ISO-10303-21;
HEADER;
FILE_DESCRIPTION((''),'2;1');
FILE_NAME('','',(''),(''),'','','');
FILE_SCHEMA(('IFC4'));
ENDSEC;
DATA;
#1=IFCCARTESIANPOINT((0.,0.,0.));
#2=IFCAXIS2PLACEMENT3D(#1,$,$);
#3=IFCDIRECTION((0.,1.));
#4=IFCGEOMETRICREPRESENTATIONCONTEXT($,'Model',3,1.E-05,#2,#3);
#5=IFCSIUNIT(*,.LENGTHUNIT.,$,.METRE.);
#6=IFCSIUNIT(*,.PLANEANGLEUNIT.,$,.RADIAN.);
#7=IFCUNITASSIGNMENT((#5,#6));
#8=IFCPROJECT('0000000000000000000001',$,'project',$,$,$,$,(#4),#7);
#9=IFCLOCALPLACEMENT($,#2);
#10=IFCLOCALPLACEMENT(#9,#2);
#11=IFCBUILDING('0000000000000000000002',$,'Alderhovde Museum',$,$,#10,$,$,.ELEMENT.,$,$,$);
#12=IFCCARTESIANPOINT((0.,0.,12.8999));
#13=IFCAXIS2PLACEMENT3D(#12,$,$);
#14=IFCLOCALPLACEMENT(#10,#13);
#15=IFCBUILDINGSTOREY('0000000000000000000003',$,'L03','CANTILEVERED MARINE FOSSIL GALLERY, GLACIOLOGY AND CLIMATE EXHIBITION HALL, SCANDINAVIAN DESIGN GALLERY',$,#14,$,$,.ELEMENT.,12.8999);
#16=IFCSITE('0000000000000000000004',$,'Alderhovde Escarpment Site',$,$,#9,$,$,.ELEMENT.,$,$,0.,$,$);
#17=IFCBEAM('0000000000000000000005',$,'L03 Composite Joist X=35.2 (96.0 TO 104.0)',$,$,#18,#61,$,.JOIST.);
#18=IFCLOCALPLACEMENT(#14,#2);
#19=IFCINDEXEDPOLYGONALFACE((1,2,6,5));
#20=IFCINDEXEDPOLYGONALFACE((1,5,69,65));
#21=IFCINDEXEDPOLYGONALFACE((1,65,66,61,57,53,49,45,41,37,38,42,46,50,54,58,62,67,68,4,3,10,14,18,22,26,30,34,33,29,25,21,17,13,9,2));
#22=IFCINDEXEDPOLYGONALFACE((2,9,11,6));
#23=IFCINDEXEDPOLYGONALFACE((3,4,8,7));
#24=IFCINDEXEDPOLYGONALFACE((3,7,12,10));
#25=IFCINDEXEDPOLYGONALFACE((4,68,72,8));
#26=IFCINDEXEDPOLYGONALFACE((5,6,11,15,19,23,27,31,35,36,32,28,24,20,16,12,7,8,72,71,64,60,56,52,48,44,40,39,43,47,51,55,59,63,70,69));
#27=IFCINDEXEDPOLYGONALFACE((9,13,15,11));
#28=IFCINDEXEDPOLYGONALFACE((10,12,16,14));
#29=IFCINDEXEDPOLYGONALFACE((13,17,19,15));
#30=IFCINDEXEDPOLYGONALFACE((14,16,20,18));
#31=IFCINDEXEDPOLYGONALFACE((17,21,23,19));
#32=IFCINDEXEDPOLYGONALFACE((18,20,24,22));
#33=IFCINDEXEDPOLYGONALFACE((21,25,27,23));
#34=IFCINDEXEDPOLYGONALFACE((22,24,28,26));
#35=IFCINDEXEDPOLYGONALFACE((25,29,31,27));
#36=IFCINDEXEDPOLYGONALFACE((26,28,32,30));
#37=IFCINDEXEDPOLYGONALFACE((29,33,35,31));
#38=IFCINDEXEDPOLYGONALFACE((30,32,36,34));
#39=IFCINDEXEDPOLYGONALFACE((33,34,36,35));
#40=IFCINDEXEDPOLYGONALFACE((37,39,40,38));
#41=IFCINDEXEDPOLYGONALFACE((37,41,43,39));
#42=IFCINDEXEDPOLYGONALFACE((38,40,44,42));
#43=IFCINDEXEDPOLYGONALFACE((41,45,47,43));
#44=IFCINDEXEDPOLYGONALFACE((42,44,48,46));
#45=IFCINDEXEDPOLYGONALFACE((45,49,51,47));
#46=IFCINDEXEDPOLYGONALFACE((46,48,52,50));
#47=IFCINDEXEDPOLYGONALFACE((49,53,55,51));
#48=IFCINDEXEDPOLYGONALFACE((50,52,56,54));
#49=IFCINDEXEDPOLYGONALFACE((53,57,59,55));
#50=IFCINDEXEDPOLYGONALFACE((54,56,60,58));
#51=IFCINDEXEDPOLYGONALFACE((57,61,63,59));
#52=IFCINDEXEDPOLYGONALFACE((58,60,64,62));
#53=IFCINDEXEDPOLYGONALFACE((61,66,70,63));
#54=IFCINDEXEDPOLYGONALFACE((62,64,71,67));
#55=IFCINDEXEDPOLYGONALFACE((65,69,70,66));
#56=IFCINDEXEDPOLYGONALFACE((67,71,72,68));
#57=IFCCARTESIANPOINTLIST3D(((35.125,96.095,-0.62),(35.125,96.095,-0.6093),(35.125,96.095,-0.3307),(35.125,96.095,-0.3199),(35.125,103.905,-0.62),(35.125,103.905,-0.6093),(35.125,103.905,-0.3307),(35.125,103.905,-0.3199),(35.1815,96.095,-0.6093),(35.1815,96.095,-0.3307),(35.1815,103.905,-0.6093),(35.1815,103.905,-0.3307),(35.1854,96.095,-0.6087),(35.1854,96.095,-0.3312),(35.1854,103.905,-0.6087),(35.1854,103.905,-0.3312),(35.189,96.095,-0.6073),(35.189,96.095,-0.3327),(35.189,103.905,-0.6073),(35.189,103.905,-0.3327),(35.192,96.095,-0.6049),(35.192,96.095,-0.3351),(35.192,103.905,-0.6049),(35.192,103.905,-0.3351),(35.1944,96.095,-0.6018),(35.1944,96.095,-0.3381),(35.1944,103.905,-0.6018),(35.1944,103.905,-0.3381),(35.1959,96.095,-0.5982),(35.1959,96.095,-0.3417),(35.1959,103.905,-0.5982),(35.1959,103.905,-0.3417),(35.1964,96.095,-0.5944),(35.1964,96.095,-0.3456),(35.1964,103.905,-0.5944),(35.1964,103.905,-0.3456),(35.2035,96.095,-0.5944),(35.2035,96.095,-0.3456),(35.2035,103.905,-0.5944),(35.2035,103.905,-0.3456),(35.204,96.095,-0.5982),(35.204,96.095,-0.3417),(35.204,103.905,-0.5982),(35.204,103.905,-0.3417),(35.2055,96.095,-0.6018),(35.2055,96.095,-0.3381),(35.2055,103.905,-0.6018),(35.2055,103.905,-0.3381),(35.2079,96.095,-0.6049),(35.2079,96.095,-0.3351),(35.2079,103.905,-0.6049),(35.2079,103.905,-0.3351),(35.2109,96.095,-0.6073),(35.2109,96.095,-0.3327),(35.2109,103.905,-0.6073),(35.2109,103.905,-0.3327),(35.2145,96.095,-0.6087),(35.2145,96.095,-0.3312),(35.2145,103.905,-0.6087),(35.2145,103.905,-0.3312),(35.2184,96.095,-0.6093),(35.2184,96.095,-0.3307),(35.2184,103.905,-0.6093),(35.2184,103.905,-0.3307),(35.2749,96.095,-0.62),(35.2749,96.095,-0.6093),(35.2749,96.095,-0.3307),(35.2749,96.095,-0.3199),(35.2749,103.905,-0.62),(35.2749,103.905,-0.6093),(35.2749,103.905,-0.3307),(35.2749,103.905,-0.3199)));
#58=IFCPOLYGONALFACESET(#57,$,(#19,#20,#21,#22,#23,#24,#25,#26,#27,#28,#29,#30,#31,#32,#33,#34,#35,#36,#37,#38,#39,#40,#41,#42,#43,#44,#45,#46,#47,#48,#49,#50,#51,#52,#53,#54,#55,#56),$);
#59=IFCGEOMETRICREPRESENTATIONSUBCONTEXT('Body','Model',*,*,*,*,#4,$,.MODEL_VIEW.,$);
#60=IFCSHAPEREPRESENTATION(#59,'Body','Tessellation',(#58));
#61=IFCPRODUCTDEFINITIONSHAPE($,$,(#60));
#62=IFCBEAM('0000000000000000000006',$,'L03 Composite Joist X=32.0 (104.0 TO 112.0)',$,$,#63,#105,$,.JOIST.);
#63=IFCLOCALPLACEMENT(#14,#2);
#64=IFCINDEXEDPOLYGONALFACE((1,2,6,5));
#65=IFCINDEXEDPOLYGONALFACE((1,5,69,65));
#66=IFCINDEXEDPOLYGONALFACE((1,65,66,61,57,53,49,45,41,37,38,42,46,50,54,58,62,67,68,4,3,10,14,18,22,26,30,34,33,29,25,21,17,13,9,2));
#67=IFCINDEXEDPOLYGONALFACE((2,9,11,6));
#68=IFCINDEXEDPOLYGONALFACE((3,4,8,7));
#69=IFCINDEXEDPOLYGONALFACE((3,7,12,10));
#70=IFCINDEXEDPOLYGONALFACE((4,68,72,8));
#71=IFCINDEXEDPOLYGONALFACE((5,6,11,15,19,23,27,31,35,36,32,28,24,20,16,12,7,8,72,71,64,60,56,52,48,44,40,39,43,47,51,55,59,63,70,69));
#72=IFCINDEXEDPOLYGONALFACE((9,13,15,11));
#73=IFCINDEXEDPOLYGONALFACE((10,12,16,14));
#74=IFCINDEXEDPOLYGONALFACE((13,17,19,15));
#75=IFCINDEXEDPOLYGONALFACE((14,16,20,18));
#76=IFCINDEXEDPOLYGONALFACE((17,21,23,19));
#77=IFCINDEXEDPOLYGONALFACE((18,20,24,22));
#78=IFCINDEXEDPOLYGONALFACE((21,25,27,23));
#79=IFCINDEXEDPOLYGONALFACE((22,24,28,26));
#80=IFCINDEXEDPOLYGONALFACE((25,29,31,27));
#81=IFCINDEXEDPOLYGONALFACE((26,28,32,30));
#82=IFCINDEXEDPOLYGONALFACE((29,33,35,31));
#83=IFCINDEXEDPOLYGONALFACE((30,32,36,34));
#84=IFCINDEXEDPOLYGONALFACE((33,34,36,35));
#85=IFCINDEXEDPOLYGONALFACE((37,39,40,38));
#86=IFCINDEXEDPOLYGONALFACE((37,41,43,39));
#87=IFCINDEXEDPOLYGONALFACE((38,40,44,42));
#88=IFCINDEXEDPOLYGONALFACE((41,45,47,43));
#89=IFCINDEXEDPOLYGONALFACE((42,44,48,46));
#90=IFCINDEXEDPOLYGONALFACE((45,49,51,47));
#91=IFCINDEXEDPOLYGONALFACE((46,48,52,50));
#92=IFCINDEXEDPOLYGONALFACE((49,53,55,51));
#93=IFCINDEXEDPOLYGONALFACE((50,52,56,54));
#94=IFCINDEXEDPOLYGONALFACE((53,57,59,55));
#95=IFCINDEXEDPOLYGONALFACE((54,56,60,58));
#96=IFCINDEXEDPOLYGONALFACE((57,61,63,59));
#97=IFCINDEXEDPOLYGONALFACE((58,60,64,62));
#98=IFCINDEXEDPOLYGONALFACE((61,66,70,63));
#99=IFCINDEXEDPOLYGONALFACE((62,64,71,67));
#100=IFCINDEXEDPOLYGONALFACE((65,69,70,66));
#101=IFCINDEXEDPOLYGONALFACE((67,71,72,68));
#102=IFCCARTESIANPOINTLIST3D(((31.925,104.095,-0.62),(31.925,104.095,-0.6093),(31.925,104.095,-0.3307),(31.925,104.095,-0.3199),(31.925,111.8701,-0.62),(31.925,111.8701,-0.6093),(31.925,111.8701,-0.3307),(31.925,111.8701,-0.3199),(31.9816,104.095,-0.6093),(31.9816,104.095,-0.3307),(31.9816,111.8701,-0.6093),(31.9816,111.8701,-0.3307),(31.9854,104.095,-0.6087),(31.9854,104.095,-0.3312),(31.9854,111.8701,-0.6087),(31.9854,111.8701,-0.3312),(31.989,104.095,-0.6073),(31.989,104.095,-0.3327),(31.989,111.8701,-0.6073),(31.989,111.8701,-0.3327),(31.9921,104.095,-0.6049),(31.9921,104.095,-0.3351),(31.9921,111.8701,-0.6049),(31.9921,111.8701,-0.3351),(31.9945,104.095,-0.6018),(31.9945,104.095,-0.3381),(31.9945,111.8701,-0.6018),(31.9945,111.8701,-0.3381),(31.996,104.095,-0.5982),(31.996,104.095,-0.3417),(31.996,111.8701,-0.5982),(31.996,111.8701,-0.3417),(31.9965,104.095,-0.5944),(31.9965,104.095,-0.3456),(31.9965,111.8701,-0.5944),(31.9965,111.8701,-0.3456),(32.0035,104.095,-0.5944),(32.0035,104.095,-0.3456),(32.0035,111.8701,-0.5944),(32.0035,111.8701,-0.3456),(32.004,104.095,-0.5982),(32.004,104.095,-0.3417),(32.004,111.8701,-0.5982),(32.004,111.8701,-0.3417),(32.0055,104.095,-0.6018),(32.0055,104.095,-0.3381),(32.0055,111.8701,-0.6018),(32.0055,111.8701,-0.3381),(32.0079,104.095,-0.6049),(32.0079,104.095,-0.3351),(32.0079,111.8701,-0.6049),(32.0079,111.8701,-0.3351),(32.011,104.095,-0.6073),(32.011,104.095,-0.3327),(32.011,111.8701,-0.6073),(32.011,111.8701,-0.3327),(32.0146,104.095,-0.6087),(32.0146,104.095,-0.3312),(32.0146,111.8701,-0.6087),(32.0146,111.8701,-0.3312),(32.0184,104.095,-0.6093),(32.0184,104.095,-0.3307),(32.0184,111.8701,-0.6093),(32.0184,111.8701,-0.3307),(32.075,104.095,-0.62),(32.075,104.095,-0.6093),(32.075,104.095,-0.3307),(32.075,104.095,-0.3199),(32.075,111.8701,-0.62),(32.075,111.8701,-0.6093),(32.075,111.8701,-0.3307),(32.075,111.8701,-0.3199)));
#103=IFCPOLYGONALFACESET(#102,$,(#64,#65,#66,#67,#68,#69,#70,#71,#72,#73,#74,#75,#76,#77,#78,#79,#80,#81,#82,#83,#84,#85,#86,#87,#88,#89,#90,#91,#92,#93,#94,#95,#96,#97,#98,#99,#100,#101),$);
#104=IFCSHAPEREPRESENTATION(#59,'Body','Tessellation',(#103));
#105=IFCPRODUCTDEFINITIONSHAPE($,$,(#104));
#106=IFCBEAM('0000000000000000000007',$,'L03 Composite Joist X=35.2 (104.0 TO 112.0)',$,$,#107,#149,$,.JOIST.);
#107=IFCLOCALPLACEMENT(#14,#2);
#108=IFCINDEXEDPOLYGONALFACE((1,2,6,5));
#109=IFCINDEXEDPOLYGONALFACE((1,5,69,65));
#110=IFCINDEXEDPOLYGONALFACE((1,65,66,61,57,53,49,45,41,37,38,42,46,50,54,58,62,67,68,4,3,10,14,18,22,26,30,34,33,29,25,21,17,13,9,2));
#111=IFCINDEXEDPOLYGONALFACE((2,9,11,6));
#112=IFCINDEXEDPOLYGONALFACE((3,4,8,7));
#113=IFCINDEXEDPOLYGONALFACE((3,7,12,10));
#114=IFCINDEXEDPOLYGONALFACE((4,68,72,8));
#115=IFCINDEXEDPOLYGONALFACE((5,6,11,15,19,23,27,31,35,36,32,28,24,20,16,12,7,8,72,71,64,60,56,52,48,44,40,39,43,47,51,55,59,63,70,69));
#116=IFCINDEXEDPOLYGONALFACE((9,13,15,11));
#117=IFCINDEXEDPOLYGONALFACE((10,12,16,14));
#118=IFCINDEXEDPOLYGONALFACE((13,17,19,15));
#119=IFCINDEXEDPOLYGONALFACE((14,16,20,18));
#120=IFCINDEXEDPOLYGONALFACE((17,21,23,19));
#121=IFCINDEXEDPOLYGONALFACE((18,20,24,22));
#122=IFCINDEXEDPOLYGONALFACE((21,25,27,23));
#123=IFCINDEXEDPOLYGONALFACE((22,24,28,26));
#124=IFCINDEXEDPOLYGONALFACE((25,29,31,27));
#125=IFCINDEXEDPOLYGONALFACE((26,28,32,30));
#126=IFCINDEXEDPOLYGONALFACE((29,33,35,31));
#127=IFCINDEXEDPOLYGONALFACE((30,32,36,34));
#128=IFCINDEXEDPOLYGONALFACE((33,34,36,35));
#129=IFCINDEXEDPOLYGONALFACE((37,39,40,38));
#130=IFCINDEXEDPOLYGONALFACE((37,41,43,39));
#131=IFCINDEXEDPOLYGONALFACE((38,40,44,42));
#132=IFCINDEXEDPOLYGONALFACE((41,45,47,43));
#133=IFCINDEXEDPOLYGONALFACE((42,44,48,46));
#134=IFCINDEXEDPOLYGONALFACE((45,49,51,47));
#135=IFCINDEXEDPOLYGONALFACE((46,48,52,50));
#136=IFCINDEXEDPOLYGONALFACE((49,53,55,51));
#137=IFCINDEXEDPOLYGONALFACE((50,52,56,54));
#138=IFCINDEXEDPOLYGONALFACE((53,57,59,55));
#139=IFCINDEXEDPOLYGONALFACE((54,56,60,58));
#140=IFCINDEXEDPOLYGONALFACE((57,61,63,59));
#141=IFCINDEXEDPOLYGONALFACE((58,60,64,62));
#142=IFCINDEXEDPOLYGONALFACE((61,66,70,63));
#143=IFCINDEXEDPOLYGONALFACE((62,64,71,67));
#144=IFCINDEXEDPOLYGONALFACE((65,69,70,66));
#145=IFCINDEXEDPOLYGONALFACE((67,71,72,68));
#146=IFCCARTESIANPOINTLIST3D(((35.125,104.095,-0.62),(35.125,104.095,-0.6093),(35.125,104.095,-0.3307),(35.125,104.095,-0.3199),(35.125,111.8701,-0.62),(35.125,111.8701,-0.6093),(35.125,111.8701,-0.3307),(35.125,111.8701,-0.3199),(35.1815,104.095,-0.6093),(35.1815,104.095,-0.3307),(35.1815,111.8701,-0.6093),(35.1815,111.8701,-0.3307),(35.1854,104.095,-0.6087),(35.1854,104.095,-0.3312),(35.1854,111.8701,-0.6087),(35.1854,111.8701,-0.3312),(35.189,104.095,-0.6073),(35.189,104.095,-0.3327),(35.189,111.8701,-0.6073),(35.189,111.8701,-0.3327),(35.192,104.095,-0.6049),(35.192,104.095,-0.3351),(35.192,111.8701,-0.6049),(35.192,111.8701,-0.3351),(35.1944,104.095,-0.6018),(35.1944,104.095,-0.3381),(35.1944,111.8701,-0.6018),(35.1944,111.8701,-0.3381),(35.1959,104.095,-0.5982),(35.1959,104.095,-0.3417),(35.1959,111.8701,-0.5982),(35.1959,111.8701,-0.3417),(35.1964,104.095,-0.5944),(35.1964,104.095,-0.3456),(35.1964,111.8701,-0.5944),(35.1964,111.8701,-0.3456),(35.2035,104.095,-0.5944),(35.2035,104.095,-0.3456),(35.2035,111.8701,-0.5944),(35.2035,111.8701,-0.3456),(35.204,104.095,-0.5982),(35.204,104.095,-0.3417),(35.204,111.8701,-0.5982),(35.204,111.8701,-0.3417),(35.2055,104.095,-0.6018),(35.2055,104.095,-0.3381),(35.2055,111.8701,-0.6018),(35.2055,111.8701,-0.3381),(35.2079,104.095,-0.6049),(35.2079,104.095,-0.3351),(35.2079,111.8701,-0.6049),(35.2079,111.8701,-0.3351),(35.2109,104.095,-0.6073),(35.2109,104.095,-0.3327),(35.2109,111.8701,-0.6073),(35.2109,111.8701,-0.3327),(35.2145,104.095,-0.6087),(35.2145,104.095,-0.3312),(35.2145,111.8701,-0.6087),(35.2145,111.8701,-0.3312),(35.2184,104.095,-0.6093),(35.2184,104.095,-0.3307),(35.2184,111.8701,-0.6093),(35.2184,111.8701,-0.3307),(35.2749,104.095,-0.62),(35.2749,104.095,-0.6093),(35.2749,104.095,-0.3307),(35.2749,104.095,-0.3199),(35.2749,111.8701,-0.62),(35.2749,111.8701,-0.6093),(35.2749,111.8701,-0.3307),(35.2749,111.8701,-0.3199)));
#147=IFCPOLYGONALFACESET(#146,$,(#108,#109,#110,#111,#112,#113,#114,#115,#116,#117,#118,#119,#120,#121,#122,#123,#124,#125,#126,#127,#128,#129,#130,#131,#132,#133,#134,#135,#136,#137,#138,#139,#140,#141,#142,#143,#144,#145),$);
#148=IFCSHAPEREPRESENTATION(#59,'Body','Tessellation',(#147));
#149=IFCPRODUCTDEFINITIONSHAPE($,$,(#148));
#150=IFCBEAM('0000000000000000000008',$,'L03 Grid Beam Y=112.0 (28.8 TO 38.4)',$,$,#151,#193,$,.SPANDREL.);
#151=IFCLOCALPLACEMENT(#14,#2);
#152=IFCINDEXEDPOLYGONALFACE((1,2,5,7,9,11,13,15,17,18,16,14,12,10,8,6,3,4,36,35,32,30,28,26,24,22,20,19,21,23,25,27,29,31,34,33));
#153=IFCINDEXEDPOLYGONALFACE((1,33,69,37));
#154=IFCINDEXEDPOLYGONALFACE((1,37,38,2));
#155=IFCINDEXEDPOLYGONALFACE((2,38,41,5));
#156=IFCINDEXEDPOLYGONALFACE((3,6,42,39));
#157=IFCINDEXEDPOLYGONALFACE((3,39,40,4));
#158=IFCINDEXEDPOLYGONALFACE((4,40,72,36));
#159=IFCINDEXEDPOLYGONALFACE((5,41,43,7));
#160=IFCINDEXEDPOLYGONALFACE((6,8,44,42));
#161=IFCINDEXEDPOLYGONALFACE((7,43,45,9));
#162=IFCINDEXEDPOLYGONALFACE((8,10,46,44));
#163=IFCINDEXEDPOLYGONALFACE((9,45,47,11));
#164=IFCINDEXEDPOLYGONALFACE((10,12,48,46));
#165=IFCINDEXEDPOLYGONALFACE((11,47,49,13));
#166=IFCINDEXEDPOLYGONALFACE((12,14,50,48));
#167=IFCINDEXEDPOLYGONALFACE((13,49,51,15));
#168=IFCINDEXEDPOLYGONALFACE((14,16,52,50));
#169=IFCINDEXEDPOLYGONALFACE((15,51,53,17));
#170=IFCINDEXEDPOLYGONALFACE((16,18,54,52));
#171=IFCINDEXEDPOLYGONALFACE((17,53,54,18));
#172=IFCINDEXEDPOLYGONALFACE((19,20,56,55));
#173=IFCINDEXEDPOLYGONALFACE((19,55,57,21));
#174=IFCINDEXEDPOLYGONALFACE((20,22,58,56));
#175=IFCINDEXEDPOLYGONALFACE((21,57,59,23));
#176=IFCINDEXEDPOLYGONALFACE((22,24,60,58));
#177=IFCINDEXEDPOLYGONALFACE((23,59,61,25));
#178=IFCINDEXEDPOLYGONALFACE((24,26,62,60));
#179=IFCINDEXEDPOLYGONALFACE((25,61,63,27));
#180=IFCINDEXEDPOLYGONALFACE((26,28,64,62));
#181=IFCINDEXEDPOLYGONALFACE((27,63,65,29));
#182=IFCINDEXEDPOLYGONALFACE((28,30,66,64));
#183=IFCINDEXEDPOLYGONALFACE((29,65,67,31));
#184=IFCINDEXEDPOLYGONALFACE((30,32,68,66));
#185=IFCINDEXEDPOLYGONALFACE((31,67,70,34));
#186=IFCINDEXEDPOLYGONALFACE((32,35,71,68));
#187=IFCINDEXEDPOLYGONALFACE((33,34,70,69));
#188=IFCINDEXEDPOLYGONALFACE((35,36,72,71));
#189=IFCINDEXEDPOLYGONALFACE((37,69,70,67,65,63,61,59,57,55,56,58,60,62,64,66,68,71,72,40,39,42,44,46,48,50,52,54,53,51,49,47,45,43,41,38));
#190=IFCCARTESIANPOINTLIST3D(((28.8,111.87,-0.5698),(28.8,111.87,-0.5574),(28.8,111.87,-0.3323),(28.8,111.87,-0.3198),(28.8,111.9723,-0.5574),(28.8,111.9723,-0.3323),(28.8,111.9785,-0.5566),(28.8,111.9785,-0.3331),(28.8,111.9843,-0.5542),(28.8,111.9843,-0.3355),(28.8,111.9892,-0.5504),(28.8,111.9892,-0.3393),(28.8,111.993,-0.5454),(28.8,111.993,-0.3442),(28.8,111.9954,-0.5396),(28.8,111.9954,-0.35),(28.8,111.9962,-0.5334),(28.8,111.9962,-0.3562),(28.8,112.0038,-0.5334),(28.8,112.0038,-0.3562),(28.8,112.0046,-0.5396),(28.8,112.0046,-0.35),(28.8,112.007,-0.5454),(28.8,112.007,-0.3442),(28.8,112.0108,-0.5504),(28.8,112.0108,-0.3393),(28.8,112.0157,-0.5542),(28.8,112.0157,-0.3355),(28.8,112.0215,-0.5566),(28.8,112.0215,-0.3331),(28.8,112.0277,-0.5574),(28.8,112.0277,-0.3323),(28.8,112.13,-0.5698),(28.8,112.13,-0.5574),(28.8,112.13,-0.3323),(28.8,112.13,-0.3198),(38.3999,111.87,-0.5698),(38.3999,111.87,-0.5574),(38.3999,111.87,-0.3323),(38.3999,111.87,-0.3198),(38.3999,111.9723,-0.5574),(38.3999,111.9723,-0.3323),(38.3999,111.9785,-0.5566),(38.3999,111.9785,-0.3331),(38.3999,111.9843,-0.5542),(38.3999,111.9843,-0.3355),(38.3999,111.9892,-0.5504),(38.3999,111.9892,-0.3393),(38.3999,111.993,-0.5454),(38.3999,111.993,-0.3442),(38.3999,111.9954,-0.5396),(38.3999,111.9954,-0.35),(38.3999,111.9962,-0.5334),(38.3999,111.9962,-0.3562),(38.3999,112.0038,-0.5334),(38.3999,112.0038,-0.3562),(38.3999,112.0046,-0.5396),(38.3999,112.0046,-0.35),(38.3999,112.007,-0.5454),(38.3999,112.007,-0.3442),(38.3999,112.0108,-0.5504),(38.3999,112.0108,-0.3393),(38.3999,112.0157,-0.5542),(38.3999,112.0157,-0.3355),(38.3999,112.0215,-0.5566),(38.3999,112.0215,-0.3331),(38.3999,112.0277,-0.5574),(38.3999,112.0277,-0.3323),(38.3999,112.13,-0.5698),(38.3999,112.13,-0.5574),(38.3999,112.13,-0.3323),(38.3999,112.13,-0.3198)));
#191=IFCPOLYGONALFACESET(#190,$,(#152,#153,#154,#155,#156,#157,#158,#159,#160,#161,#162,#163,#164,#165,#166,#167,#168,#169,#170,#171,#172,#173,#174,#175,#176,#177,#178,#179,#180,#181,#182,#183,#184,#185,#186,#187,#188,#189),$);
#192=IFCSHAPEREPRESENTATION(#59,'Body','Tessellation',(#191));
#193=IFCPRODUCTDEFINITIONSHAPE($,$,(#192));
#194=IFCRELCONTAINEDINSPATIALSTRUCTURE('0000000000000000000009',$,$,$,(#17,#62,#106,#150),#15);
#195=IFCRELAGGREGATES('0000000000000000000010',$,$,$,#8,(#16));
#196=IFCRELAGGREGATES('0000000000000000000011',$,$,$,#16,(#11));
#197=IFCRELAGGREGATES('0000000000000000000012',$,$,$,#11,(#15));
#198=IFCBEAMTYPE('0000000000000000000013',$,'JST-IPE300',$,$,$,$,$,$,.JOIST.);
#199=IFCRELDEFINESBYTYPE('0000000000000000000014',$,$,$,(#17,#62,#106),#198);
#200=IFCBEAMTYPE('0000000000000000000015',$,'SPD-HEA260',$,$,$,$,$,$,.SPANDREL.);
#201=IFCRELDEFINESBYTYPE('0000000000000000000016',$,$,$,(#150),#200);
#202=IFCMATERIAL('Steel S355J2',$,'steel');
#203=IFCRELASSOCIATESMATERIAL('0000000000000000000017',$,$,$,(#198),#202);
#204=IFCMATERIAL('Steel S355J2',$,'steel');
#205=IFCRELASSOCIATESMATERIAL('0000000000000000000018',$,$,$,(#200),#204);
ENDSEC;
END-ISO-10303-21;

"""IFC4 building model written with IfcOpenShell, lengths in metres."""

from ifc_helpers import new_model, si_unit, direction, frame, origin, origin_2d, place, context, subcontext, project, spatial, i_section, extrude, material, material_profile, profile_set, type_object, element, save


model = new_model("IFC4")

# Units and contexts
model_context = context("Model", 3, precision=1e-05, world=origin(), true_north=direction((0.0, 1.0)))
body_context = subcontext(model_context, "Body", "Model", "MODEL_VIEW")
ifc_project = project(units=[si_unit("LENGTHUNIT", "METRE"), si_unit("PLANEANGLEUNIT", "RADIAN")], contexts=[model_context])

# Site, building, storey
site_placement = place(None, origin())
site = spatial("IfcSite", under=ifc_project, at=site_placement, Name="Alderhovde Escarpment Site", CompositionType="ELEMENT", RefElevation=0.0)
building_placement = place(site_placement, origin())
building = spatial("IfcBuilding", under=site, at=building_placement, Name="Alderhovde Museum", CompositionType="ELEMENT")
storey_placement = place(building_placement, frame((0.0, 0.0, 12.8999)))
storey = spatial("IfcBuildingStorey", under=building, at=storey_placement, Name="L03", Description="CANTILEVERED MARINE FOSSIL GALLERY, GLACIOLOGY AND CLIMATE EXHIBITION HALL, SCANDINAVIAN DESIGN GALLERY", CompositionType="ELEMENT", Elevation=12.8999)

# Beams
ifc_material_1 = material(Name="Steel S355J2", Category="steel")
ifc_material_profile_1 = material_profile(ifc_material_1, i_section(OverallWidth=0.1499, OverallDepth=0.3, WebThickness=0.0071, FlangeThickness=0.0107, FilletRadius=0.0149, at=origin_2d()), Name="IPE 300")
ifc_profile_set_1 = profile_set([ifc_material_profile_1], Name="Steel S355J2")
beam_type_1 = type_object("IfcBeamType", Name="JST-IPE300", PredefinedType="JOIST", material=ifc_profile_set_1)
for number, where, z_axis, x_axis, name in (
    (1, (35.2, 96.095, -0.47), (0.0, 1.0, 0.0), (-1.0, 0.0, 0.0), "L03 Composite Joist X=35.2 (96.0 TO 104.0)"),
):
    element("IfcBeam", number, at=place(storey_placement, frame(where, z_axis=z_axis, x_axis=x_axis)), inside=storey, type_object=beam_type_1, Name=name, PredefinedType="JOIST", context=body_context, shape_type="SweptSolid", body=[
        extrude(i_section(OverallWidth=0.1499, OverallDepth=0.3, WebThickness=0.0071, FlangeThickness=0.0107, FilletRadius=0.0149, at=origin_2d()), origin(), (0.0, 0.0, 1.0), 7.8101),
    ])
for number, where, z_axis, x_axis, name in (
    (2, (32.0, 104.095, -0.47), (0.0, 1.0, 0.0), (-1.0, 0.0, 0.0), "L03 Composite Joist X=32.0 (104.0 TO 112.0)"),
    (3, (35.2, 104.095, -0.47), (0.0, 1.0, 0.0), (-1.0, 0.0, 0.0), "L03 Composite Joist X=35.2 (104.0 TO 112.0)"),
):
    element("IfcBeam", number, at=place(storey_placement, frame(where, z_axis=z_axis, x_axis=x_axis)), inside=storey, type_object=beam_type_1, Name=name, PredefinedType="JOIST", context=body_context, shape_type="SweptSolid", body=[
        extrude(i_section(OverallWidth=0.1499, OverallDepth=0.3, WebThickness=0.0071, FlangeThickness=0.0107, FilletRadius=0.0149, at=origin_2d()), origin(), (0.0, 0.0, 1.0), 7.7751),
    ])
ifc_material_2 = material(Name="Steel S355J2", Category="steel")
ifc_material_profile_2 = material_profile(ifc_material_2, i_section(OverallWidth=0.26, OverallDepth=0.25, WebThickness=0.0076, FlangeThickness=0.0125, FilletRadius=0.0239, at=origin_2d()), Name="HEA 260")
ifc_profile_set_2 = profile_set([ifc_material_profile_2], Name="Steel S355J2")
beam_type_2 = type_object("IfcBeamType", Name="SPD-HEA260", PredefinedType="SPANDREL", material=ifc_profile_set_2)
beam_placement = place(storey_placement, frame((28.8, 112.0, -0.4448), z_axis=(1.0, 0.0, 0.0), x_axis=(0.0, 1.0, 0.0)))
element("IfcBeam", 4, at=beam_placement, inside=storey, type_object=beam_type_2, Name="L03 Grid Beam Y=112.0 (28.8 TO 38.4)", PredefinedType="SPANDREL", context=body_context, shape_type="SweptSolid", body=[
    extrude(i_section(OverallWidth=0.26, OverallDepth=0.25, WebThickness=0.0076, FlangeThickness=0.0125, FilletRadius=0.0239, at=origin_2d()), origin(), (0.0, 0.0, 1.0), 9.5999),
])

save(model, "model.ifc")
